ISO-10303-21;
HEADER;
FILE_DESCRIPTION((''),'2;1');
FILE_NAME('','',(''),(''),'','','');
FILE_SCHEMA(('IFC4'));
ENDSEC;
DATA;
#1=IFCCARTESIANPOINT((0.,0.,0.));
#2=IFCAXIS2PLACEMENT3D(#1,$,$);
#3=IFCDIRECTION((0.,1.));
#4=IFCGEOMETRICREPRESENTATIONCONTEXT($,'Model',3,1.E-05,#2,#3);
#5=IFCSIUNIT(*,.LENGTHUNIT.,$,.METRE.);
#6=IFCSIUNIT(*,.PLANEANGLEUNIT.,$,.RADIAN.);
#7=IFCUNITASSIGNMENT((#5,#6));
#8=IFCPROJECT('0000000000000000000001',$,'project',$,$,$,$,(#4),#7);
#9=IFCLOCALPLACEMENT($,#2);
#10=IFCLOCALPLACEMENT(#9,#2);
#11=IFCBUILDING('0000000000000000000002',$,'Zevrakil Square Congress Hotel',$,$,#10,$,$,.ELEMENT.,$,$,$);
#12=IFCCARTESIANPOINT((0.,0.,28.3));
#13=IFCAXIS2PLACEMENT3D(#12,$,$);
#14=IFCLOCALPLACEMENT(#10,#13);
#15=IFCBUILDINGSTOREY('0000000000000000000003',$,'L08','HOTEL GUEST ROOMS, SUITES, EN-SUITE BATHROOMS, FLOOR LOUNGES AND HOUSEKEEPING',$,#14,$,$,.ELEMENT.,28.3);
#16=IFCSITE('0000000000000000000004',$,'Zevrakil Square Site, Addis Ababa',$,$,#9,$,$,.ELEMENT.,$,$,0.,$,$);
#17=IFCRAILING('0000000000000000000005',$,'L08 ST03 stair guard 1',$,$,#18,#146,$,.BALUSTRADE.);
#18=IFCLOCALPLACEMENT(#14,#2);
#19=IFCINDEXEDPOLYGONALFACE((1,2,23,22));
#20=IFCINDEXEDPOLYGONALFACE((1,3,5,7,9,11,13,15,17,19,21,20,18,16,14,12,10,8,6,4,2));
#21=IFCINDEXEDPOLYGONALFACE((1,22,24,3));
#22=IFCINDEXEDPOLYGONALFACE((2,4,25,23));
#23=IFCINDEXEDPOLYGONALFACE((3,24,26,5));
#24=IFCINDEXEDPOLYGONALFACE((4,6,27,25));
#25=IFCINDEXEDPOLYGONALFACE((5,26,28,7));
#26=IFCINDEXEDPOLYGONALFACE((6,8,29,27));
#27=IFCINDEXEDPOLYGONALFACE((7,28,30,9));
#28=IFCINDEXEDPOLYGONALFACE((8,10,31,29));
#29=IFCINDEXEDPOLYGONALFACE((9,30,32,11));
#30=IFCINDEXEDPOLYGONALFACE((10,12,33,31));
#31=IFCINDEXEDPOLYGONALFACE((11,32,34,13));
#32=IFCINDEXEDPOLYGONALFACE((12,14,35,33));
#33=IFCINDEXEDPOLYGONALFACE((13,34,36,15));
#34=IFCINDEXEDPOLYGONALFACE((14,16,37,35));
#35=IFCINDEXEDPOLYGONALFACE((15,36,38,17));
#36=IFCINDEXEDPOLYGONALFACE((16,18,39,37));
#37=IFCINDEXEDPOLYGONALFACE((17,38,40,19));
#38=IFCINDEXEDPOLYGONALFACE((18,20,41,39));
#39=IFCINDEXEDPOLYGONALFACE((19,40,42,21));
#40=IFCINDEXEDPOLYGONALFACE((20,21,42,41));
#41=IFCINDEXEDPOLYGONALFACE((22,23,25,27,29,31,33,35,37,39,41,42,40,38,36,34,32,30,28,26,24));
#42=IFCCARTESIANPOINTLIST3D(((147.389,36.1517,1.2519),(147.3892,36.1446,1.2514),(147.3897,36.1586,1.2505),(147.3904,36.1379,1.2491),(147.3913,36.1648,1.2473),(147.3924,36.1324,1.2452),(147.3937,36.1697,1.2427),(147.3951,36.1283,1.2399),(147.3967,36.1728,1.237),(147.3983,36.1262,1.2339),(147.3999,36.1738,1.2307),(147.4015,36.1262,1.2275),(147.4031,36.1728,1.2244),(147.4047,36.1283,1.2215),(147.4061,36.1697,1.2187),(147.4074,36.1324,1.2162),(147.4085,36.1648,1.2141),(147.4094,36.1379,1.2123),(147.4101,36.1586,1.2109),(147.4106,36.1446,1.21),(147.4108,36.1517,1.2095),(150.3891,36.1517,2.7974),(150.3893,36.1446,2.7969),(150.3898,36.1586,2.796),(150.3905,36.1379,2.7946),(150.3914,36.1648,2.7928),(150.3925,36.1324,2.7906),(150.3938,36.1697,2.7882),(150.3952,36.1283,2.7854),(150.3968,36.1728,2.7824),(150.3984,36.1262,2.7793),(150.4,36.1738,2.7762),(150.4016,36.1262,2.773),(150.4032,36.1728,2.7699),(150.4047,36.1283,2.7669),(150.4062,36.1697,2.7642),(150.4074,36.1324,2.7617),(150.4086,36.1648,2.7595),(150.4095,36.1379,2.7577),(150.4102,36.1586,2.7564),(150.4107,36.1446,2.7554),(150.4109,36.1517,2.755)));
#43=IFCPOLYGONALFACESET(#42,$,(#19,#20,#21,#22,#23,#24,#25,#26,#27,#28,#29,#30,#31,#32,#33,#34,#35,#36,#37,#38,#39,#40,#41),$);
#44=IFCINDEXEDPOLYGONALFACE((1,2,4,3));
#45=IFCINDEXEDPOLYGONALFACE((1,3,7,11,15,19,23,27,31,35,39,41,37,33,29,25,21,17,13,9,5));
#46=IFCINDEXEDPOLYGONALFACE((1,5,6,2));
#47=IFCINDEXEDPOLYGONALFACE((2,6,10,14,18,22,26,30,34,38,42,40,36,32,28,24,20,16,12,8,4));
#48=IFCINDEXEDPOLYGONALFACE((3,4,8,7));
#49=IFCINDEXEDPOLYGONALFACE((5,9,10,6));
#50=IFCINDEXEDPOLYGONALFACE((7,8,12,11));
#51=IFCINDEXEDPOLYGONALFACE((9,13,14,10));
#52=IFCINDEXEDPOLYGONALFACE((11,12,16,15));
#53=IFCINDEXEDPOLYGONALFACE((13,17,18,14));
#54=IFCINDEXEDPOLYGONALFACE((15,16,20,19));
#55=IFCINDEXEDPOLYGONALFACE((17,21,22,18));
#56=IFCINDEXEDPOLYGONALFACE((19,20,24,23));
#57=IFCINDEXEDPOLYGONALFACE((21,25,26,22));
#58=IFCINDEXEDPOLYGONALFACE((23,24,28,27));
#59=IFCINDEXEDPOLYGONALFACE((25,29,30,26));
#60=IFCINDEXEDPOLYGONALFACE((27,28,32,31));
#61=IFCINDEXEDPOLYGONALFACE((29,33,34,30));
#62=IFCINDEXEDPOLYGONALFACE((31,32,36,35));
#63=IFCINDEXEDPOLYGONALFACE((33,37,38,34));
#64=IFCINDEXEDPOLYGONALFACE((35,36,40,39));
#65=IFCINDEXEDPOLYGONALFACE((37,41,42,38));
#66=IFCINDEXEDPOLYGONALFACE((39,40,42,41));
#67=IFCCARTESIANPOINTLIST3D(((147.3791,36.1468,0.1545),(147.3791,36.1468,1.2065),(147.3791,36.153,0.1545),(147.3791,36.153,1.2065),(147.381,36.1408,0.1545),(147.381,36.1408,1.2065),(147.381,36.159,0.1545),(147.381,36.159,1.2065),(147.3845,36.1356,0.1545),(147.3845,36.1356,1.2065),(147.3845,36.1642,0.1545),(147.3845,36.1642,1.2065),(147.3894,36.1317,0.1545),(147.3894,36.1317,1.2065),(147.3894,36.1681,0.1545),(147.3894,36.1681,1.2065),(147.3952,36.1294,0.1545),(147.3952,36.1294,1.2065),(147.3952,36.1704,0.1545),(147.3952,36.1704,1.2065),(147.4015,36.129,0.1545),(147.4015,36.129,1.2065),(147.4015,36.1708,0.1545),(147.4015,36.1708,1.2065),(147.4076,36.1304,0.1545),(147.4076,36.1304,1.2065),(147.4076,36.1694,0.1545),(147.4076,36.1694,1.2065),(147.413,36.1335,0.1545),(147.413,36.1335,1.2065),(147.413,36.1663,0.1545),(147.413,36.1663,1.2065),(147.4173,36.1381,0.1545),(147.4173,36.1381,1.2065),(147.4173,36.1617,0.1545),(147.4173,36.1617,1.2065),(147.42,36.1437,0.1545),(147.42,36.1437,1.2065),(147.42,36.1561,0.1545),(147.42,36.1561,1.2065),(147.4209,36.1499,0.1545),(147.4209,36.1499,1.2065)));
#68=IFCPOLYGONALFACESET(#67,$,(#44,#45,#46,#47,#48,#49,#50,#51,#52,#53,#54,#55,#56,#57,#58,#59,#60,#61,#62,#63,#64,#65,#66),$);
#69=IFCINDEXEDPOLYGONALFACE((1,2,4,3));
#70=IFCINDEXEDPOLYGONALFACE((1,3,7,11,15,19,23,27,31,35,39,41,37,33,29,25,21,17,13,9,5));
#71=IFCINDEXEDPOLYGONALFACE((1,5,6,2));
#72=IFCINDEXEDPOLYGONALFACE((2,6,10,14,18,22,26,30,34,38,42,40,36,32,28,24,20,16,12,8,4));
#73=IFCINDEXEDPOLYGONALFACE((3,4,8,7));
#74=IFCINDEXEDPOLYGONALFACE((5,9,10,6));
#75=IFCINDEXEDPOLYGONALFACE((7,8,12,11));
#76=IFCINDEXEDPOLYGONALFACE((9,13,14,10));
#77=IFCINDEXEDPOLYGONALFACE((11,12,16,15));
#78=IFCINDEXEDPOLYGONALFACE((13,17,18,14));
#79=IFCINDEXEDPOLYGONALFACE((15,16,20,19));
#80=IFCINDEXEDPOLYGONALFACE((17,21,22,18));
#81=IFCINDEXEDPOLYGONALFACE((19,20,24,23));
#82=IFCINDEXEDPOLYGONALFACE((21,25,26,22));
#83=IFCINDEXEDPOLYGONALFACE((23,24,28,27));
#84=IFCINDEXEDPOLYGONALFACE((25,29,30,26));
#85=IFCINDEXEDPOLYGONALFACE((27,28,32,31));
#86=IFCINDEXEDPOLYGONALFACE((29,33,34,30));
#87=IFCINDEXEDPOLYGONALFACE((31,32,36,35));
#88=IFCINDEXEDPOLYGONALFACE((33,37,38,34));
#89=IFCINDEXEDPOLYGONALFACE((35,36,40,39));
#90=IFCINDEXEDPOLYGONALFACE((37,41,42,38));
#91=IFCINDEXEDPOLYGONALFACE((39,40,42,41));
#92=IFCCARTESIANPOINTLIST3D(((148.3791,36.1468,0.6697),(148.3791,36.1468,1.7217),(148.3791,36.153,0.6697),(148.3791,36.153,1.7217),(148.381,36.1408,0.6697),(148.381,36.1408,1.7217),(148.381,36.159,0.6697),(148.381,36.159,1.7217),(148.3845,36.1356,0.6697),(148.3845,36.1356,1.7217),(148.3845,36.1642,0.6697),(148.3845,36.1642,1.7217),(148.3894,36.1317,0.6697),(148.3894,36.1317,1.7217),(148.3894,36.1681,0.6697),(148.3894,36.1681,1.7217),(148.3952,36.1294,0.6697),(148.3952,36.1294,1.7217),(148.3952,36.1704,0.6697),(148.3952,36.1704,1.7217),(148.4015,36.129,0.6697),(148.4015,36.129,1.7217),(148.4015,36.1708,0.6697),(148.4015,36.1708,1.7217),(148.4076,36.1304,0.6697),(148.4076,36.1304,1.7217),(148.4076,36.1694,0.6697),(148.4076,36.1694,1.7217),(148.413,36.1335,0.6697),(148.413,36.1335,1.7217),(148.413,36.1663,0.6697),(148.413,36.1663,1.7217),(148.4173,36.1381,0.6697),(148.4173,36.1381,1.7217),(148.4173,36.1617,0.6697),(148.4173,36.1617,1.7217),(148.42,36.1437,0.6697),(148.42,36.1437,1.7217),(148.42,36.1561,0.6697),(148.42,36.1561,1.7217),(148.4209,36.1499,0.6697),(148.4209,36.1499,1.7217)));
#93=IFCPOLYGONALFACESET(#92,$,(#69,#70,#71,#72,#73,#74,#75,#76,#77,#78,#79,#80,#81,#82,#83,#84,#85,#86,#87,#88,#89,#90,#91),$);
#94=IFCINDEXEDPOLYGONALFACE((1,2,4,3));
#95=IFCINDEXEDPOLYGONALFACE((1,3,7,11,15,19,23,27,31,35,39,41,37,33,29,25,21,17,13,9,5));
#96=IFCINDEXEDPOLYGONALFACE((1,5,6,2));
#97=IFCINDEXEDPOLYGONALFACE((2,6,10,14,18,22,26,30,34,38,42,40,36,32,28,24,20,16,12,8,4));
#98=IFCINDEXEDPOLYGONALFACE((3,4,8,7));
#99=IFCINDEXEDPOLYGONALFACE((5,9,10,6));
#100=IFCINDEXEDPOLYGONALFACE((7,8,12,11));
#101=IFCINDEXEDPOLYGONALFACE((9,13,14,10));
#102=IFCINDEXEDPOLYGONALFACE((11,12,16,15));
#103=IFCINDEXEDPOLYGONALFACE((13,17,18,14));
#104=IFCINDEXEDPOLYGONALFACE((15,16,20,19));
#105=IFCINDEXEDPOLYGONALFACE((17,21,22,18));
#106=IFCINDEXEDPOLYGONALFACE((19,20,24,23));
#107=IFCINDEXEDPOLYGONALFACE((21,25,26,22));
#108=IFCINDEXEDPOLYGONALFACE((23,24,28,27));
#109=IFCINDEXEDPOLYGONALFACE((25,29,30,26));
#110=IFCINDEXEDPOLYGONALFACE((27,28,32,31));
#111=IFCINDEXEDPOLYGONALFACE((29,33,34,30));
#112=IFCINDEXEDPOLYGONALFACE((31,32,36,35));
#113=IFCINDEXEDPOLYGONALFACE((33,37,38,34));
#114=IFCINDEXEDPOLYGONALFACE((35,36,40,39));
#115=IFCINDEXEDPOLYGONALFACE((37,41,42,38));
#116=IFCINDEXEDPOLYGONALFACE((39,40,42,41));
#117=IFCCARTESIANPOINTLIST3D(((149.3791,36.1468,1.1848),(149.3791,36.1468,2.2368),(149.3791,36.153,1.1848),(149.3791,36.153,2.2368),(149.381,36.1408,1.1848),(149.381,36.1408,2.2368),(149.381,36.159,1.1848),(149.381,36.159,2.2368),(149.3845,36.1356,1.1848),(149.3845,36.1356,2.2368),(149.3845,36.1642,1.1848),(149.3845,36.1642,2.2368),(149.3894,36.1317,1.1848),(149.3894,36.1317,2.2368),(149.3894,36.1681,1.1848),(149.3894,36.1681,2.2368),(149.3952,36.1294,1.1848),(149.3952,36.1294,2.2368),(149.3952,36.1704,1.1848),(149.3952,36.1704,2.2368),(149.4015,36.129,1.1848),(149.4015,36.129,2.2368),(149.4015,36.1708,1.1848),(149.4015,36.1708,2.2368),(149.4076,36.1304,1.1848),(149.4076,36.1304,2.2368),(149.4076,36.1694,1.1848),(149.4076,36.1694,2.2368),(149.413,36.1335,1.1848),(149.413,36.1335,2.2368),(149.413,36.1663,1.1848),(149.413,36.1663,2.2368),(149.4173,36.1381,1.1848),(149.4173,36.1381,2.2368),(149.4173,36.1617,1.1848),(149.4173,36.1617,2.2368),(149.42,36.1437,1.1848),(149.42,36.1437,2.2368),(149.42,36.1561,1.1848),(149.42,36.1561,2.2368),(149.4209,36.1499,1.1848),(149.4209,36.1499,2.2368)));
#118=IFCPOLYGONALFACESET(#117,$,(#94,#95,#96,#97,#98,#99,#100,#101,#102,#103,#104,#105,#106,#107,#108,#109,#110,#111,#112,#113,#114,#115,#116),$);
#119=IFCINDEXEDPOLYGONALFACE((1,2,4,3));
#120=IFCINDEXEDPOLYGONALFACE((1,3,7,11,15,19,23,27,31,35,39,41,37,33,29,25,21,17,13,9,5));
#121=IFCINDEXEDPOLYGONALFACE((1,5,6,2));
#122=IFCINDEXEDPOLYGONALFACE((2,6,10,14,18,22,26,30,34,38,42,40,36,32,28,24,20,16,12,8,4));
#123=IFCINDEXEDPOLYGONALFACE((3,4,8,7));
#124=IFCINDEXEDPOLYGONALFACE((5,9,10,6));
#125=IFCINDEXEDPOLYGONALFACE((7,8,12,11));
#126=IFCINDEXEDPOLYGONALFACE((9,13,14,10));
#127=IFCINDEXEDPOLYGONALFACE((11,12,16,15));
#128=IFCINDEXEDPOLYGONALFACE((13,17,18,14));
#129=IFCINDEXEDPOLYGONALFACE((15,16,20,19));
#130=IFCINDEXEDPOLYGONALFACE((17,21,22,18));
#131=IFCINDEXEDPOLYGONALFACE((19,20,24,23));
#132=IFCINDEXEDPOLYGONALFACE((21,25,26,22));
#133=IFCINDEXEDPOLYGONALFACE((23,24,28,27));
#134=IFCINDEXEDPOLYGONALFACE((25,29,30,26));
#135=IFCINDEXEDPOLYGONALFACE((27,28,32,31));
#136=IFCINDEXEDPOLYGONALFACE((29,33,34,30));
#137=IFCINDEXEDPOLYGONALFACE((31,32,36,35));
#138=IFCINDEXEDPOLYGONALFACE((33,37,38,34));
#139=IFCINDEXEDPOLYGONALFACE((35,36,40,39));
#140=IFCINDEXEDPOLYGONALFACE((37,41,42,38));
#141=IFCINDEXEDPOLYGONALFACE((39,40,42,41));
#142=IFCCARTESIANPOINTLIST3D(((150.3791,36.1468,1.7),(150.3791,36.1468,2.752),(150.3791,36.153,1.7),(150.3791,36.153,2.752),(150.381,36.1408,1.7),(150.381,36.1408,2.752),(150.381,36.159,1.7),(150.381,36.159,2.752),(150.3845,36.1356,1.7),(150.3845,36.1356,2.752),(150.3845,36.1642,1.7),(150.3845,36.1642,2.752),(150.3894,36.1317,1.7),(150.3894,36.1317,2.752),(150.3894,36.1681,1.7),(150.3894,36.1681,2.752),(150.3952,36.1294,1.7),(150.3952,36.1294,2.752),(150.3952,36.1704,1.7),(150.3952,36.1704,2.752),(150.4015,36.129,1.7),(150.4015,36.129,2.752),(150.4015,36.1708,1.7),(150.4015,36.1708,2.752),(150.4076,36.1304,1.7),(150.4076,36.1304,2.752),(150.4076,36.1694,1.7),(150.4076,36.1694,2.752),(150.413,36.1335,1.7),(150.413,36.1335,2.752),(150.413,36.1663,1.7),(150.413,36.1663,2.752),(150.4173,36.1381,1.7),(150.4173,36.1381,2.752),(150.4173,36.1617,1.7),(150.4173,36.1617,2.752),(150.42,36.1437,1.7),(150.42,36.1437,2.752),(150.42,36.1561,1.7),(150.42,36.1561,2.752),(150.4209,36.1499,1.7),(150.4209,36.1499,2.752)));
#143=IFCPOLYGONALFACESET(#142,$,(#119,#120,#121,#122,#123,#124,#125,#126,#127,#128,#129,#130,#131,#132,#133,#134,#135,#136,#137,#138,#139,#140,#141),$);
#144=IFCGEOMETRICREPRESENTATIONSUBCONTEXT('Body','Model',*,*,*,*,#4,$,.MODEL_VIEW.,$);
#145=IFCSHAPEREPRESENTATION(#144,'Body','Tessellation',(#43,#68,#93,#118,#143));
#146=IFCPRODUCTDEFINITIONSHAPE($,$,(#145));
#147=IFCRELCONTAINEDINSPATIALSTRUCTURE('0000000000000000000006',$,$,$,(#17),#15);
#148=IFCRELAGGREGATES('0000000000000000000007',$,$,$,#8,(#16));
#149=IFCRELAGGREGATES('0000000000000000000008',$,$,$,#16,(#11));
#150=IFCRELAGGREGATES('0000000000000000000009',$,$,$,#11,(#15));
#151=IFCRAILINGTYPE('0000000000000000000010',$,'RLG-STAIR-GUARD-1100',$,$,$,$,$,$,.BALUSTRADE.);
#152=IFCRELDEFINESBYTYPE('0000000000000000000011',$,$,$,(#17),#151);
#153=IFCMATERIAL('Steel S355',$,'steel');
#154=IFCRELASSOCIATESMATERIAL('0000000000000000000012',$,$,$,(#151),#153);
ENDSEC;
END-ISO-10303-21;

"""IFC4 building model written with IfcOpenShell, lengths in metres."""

from ifc_helpers import new_model, si_unit, direction, frame, origin, origin_2d, place, context, subcontext, project, spatial, circle, extrude, material, type_object, element, save


model = new_model("IFC4")

# Units and contexts
model_context = context("Model", 3, precision=1e-05, world=origin(), true_north=direction((0.0, 1.0)))
body_context = subcontext(model_context, "Body", "Model", "MODEL_VIEW")
ifc_project = project(units=[si_unit("LENGTHUNIT", "METRE"), si_unit("PLANEANGLEUNIT", "RADIAN")], contexts=[model_context])

# Site, building, storey
site_placement = place(None, origin())
site = spatial("IfcSite", under=ifc_project, at=site_placement, Name="Zevrakil Square Site, Addis Ababa", CompositionType="ELEMENT", RefElevation=0.0)
building_placement = place(site_placement, origin())
building = spatial("IfcBuilding", under=site, at=building_placement, Name="Zevrakil Square Congress Hotel", CompositionType="ELEMENT")
storey_placement = place(building_placement, frame((0.0, 0.0, 28.3)))
storey = spatial("IfcBuildingStorey", under=building, at=storey_placement, Name="L08", Description="HOTEL GUEST ROOMS, SUITES, EN-SUITE BATHROOMS, FLOOR LOUNGES AND HOUSEKEEPING", CompositionType="ELEMENT", Elevation=28.3)

# Railing
ifc_material_1 = material(Name="Steel S355", Category="steel")
railing_type_1 = type_object("IfcRailingType", Name="RLG-STAIR-GUARD-1100", PredefinedType="BALUSTRADE", material=ifc_material_1)
railing_1_placement = place(storey_placement, frame((147.3999, 36.1499, 0.1545)))
element("IfcRailing", 1, at=railing_1_placement, inside=storey, type_object=railing_type_1, Name="L08 ST03 stair guard 1", PredefinedType="BALUSTRADE", context=body_context, shape_type="SweptSolid", body=[
    extrude(circle(Radius=0.0239, at=origin_2d()), frame((0.0, 0.0, 1.0762), z_axis=(0.88898, 0.0, 0.457946), x_axis=(0.0, 1.0, 0.0)), (0.0, 0.0, 1.0), 3.3748),
    extrude(circle(Radius=0.021, at=origin_2d()), origin(), (0.0, 0.0, 1.0), 1.052),
    extrude(circle(Radius=0.021, at=origin_2d()), frame((1.0, 0.0, 0.5151)), (0.0, 0.0, 1.0), 1.052),
    extrude(circle(Radius=0.021, at=origin_2d()), frame((2.0, 0.0, 1.0303)), (0.0, 0.0, 1.0), 1.052),
    extrude(circle(Radius=0.021, at=origin_2d()), frame((3.0, 0.0, 1.5454)), (0.0, 0.0, 1.0), 1.052),
])

save(model, "model.ifc")
